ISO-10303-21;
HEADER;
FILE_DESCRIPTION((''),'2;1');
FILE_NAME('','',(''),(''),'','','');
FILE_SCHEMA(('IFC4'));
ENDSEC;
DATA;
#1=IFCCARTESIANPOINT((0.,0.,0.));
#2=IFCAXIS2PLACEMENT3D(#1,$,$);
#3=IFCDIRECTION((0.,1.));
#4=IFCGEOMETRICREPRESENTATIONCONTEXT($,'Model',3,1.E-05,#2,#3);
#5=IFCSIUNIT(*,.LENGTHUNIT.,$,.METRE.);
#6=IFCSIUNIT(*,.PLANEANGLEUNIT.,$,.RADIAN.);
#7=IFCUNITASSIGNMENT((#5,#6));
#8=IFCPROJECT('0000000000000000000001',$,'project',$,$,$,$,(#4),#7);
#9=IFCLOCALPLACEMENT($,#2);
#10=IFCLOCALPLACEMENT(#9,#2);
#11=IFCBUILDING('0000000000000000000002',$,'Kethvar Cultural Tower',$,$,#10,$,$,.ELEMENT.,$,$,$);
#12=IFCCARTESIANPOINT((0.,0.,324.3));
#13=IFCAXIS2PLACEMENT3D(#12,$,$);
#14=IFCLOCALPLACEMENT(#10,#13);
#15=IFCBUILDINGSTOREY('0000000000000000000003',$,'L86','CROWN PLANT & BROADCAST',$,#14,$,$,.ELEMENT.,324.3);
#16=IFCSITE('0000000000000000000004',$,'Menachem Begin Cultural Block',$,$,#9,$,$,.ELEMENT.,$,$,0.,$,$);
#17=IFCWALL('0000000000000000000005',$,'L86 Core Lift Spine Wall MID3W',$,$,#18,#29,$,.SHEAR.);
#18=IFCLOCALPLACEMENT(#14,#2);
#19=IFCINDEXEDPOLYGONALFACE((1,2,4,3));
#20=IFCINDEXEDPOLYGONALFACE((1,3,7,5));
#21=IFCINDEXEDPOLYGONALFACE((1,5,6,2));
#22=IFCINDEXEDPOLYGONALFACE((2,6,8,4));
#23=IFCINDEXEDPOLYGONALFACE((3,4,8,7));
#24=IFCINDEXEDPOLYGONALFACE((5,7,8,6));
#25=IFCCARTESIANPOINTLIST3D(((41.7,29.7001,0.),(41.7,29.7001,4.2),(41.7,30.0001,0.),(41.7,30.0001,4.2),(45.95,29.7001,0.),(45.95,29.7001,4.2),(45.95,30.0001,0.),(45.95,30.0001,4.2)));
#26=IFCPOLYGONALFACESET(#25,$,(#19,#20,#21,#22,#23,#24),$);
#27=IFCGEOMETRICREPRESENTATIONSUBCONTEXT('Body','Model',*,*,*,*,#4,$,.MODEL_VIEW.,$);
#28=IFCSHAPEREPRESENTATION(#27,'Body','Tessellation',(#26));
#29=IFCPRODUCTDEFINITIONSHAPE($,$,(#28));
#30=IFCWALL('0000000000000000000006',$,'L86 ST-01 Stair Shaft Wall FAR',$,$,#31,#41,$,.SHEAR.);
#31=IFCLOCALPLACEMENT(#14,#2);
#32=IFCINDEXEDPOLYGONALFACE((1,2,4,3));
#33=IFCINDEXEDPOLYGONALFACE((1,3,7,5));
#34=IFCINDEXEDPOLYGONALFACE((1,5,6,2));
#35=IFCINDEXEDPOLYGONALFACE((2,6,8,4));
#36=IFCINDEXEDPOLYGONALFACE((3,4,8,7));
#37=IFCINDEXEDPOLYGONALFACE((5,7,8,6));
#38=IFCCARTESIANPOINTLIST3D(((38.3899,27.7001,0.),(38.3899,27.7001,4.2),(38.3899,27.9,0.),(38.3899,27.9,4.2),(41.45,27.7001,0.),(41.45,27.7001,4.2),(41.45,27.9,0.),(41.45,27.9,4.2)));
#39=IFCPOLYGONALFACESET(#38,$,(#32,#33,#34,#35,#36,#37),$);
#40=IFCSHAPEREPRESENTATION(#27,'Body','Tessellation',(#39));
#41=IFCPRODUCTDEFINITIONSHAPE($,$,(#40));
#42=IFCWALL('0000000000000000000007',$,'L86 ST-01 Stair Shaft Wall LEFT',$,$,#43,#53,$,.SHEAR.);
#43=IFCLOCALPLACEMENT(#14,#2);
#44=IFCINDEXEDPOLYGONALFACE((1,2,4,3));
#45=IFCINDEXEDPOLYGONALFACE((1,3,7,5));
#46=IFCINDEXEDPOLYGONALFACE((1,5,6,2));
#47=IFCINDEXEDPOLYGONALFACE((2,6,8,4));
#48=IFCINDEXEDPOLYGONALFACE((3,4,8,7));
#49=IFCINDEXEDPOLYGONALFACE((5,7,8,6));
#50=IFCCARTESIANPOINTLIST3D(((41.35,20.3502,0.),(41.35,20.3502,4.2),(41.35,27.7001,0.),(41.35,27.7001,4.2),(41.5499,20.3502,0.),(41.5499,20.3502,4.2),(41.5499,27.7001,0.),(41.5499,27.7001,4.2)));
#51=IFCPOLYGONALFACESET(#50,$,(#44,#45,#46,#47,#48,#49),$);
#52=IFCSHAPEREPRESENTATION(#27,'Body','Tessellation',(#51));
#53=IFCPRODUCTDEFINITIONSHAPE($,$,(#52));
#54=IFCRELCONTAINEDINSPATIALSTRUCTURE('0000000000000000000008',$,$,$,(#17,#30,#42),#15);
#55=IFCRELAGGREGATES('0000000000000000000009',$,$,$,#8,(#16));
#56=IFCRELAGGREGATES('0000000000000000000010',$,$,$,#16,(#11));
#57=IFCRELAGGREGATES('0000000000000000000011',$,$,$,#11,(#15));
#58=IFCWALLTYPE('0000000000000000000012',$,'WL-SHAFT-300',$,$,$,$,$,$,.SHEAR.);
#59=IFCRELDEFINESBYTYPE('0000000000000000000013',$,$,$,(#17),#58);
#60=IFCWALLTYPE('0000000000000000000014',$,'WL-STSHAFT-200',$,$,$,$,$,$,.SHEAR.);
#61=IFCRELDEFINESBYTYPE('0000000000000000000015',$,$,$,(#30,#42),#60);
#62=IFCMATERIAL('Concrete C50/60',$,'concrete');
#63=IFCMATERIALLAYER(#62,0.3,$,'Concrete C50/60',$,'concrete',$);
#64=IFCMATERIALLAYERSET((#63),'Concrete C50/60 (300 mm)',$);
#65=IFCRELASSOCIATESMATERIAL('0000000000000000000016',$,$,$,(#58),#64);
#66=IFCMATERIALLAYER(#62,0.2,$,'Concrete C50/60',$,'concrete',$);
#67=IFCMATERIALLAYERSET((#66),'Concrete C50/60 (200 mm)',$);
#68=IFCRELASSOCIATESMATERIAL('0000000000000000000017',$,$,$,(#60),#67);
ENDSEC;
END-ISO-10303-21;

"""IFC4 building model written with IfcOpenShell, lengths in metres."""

from ifc_helpers import new_model, si_unit, direction, frame, frame_2d, origin, place, context, subcontext, project, spatial, rectangle, extrude, material, layer, layer_set, type_object, element, save


model = new_model("IFC4")

# Units and contexts
model_context = context("Model", 3, precision=1e-05, world=origin(), true_north=direction((0.0, 1.0)))
body_context = subcontext(model_context, "Body", "Model", "MODEL_VIEW")
ifc_project = project(units=[si_unit("LENGTHUNIT", "METRE"), si_unit("PLANEANGLEUNIT", "RADIAN")], contexts=[model_context])

# Site, building, storey
site_placement = place(None, origin())
site = spatial("IfcSite", under=ifc_project, at=site_placement, Name="Menachem Begin Cultural Block", CompositionType="ELEMENT", RefElevation=0.0)
building_placement = place(site_placement, origin())
building = spatial("IfcBuilding", under=site, at=building_placement, Name="Kethvar Cultural Tower", CompositionType="ELEMENT")
storey_placement = place(building_placement, frame((0.0, 0.0, 324.3)))
storey = spatial("IfcBuildingStorey", under=building, at=storey_placement, Name="L86", Description="CROWN PLANT & BROADCAST", CompositionType="ELEMENT", Elevation=324.3)

# Shared definitions
ifc_material_1 = material(Name="Concrete C50/60", Category="concrete")

# Walls
ifc_layer_1 = layer(ifc_material_1, 0.3, Name="Concrete C50/60", Category="concrete")
ifc_layer_set_1 = layer_set([ifc_layer_1], Name="Concrete C50/60 (300 mm)")
wall_type_1 = type_object("IfcWallType", Name="WL-SHAFT-300", PredefinedType="SHEAR", material=ifc_layer_set_1)
wall_1_placement = place(storey_placement, frame((41.7, 29.8501, 0.0), z_axis=(0.0, 0.0, 1.0), x_axis=(1.0, 0.0, 0.0)))
element("IfcWall", 1, at=wall_1_placement, inside=storey, type_object=wall_type_1, Name="L86 Core Lift Spine Wall MID3W", PredefinedType="SHEAR", context=body_context, shape_type="SweptSolid", body=[
    extrude(rectangle(XDim=4.25, YDim=0.3, at=frame_2d((2.125, 0.0))), origin(), (0.0, 0.0, 1.0), 4.2),
])
ifc_layer_2 = layer(ifc_material_1, 0.2, Name="Concrete C50/60", Category="concrete")
ifc_layer_set_2 = layer_set([ifc_layer_2], Name="Concrete C50/60 (200 mm)")
wall_type_2 = type_object("IfcWallType", Name="WL-STSHAFT-200", PredefinedType="SHEAR", material=ifc_layer_set_2)
wall_2_placement = place(storey_placement, frame((38.3899, 27.8, 0.0), z_axis=(0.0, 0.0, 1.0), x_axis=(1.0, 0.0, 0.0)))
element("IfcWall", 2, at=wall_2_placement, inside=storey, type_object=wall_type_2, Name="L86 ST-01 Stair Shaft Wall FAR", PredefinedType="SHEAR", context=body_context, shape_type="SweptSolid", body=[
    extrude(rectangle(XDim=3.0601, YDim=0.2, at=frame_2d((1.53, 0.0))), origin(), (0.0, 0.0, 1.0), 4.2),
])
wall_3_placement = place(storey_placement, frame((41.45, 27.7, 0.0), z_axis=(0.0, 0.0, 1.0), x_axis=(0.0, -1.0, 0.0)))
element("IfcWall", 3, at=wall_3_placement, inside=storey, type_object=wall_type_2, Name="L86 ST-01 Stair Shaft Wall LEFT", PredefinedType="SHEAR", context=body_context, shape_type="SweptSolid", body=[
    extrude(rectangle(XDim=7.3499, YDim=0.2, at=frame_2d((3.6748, 0.0))), origin(), (0.0, 0.0, 1.0), 4.2),
])

save(model, "model.ifc")
